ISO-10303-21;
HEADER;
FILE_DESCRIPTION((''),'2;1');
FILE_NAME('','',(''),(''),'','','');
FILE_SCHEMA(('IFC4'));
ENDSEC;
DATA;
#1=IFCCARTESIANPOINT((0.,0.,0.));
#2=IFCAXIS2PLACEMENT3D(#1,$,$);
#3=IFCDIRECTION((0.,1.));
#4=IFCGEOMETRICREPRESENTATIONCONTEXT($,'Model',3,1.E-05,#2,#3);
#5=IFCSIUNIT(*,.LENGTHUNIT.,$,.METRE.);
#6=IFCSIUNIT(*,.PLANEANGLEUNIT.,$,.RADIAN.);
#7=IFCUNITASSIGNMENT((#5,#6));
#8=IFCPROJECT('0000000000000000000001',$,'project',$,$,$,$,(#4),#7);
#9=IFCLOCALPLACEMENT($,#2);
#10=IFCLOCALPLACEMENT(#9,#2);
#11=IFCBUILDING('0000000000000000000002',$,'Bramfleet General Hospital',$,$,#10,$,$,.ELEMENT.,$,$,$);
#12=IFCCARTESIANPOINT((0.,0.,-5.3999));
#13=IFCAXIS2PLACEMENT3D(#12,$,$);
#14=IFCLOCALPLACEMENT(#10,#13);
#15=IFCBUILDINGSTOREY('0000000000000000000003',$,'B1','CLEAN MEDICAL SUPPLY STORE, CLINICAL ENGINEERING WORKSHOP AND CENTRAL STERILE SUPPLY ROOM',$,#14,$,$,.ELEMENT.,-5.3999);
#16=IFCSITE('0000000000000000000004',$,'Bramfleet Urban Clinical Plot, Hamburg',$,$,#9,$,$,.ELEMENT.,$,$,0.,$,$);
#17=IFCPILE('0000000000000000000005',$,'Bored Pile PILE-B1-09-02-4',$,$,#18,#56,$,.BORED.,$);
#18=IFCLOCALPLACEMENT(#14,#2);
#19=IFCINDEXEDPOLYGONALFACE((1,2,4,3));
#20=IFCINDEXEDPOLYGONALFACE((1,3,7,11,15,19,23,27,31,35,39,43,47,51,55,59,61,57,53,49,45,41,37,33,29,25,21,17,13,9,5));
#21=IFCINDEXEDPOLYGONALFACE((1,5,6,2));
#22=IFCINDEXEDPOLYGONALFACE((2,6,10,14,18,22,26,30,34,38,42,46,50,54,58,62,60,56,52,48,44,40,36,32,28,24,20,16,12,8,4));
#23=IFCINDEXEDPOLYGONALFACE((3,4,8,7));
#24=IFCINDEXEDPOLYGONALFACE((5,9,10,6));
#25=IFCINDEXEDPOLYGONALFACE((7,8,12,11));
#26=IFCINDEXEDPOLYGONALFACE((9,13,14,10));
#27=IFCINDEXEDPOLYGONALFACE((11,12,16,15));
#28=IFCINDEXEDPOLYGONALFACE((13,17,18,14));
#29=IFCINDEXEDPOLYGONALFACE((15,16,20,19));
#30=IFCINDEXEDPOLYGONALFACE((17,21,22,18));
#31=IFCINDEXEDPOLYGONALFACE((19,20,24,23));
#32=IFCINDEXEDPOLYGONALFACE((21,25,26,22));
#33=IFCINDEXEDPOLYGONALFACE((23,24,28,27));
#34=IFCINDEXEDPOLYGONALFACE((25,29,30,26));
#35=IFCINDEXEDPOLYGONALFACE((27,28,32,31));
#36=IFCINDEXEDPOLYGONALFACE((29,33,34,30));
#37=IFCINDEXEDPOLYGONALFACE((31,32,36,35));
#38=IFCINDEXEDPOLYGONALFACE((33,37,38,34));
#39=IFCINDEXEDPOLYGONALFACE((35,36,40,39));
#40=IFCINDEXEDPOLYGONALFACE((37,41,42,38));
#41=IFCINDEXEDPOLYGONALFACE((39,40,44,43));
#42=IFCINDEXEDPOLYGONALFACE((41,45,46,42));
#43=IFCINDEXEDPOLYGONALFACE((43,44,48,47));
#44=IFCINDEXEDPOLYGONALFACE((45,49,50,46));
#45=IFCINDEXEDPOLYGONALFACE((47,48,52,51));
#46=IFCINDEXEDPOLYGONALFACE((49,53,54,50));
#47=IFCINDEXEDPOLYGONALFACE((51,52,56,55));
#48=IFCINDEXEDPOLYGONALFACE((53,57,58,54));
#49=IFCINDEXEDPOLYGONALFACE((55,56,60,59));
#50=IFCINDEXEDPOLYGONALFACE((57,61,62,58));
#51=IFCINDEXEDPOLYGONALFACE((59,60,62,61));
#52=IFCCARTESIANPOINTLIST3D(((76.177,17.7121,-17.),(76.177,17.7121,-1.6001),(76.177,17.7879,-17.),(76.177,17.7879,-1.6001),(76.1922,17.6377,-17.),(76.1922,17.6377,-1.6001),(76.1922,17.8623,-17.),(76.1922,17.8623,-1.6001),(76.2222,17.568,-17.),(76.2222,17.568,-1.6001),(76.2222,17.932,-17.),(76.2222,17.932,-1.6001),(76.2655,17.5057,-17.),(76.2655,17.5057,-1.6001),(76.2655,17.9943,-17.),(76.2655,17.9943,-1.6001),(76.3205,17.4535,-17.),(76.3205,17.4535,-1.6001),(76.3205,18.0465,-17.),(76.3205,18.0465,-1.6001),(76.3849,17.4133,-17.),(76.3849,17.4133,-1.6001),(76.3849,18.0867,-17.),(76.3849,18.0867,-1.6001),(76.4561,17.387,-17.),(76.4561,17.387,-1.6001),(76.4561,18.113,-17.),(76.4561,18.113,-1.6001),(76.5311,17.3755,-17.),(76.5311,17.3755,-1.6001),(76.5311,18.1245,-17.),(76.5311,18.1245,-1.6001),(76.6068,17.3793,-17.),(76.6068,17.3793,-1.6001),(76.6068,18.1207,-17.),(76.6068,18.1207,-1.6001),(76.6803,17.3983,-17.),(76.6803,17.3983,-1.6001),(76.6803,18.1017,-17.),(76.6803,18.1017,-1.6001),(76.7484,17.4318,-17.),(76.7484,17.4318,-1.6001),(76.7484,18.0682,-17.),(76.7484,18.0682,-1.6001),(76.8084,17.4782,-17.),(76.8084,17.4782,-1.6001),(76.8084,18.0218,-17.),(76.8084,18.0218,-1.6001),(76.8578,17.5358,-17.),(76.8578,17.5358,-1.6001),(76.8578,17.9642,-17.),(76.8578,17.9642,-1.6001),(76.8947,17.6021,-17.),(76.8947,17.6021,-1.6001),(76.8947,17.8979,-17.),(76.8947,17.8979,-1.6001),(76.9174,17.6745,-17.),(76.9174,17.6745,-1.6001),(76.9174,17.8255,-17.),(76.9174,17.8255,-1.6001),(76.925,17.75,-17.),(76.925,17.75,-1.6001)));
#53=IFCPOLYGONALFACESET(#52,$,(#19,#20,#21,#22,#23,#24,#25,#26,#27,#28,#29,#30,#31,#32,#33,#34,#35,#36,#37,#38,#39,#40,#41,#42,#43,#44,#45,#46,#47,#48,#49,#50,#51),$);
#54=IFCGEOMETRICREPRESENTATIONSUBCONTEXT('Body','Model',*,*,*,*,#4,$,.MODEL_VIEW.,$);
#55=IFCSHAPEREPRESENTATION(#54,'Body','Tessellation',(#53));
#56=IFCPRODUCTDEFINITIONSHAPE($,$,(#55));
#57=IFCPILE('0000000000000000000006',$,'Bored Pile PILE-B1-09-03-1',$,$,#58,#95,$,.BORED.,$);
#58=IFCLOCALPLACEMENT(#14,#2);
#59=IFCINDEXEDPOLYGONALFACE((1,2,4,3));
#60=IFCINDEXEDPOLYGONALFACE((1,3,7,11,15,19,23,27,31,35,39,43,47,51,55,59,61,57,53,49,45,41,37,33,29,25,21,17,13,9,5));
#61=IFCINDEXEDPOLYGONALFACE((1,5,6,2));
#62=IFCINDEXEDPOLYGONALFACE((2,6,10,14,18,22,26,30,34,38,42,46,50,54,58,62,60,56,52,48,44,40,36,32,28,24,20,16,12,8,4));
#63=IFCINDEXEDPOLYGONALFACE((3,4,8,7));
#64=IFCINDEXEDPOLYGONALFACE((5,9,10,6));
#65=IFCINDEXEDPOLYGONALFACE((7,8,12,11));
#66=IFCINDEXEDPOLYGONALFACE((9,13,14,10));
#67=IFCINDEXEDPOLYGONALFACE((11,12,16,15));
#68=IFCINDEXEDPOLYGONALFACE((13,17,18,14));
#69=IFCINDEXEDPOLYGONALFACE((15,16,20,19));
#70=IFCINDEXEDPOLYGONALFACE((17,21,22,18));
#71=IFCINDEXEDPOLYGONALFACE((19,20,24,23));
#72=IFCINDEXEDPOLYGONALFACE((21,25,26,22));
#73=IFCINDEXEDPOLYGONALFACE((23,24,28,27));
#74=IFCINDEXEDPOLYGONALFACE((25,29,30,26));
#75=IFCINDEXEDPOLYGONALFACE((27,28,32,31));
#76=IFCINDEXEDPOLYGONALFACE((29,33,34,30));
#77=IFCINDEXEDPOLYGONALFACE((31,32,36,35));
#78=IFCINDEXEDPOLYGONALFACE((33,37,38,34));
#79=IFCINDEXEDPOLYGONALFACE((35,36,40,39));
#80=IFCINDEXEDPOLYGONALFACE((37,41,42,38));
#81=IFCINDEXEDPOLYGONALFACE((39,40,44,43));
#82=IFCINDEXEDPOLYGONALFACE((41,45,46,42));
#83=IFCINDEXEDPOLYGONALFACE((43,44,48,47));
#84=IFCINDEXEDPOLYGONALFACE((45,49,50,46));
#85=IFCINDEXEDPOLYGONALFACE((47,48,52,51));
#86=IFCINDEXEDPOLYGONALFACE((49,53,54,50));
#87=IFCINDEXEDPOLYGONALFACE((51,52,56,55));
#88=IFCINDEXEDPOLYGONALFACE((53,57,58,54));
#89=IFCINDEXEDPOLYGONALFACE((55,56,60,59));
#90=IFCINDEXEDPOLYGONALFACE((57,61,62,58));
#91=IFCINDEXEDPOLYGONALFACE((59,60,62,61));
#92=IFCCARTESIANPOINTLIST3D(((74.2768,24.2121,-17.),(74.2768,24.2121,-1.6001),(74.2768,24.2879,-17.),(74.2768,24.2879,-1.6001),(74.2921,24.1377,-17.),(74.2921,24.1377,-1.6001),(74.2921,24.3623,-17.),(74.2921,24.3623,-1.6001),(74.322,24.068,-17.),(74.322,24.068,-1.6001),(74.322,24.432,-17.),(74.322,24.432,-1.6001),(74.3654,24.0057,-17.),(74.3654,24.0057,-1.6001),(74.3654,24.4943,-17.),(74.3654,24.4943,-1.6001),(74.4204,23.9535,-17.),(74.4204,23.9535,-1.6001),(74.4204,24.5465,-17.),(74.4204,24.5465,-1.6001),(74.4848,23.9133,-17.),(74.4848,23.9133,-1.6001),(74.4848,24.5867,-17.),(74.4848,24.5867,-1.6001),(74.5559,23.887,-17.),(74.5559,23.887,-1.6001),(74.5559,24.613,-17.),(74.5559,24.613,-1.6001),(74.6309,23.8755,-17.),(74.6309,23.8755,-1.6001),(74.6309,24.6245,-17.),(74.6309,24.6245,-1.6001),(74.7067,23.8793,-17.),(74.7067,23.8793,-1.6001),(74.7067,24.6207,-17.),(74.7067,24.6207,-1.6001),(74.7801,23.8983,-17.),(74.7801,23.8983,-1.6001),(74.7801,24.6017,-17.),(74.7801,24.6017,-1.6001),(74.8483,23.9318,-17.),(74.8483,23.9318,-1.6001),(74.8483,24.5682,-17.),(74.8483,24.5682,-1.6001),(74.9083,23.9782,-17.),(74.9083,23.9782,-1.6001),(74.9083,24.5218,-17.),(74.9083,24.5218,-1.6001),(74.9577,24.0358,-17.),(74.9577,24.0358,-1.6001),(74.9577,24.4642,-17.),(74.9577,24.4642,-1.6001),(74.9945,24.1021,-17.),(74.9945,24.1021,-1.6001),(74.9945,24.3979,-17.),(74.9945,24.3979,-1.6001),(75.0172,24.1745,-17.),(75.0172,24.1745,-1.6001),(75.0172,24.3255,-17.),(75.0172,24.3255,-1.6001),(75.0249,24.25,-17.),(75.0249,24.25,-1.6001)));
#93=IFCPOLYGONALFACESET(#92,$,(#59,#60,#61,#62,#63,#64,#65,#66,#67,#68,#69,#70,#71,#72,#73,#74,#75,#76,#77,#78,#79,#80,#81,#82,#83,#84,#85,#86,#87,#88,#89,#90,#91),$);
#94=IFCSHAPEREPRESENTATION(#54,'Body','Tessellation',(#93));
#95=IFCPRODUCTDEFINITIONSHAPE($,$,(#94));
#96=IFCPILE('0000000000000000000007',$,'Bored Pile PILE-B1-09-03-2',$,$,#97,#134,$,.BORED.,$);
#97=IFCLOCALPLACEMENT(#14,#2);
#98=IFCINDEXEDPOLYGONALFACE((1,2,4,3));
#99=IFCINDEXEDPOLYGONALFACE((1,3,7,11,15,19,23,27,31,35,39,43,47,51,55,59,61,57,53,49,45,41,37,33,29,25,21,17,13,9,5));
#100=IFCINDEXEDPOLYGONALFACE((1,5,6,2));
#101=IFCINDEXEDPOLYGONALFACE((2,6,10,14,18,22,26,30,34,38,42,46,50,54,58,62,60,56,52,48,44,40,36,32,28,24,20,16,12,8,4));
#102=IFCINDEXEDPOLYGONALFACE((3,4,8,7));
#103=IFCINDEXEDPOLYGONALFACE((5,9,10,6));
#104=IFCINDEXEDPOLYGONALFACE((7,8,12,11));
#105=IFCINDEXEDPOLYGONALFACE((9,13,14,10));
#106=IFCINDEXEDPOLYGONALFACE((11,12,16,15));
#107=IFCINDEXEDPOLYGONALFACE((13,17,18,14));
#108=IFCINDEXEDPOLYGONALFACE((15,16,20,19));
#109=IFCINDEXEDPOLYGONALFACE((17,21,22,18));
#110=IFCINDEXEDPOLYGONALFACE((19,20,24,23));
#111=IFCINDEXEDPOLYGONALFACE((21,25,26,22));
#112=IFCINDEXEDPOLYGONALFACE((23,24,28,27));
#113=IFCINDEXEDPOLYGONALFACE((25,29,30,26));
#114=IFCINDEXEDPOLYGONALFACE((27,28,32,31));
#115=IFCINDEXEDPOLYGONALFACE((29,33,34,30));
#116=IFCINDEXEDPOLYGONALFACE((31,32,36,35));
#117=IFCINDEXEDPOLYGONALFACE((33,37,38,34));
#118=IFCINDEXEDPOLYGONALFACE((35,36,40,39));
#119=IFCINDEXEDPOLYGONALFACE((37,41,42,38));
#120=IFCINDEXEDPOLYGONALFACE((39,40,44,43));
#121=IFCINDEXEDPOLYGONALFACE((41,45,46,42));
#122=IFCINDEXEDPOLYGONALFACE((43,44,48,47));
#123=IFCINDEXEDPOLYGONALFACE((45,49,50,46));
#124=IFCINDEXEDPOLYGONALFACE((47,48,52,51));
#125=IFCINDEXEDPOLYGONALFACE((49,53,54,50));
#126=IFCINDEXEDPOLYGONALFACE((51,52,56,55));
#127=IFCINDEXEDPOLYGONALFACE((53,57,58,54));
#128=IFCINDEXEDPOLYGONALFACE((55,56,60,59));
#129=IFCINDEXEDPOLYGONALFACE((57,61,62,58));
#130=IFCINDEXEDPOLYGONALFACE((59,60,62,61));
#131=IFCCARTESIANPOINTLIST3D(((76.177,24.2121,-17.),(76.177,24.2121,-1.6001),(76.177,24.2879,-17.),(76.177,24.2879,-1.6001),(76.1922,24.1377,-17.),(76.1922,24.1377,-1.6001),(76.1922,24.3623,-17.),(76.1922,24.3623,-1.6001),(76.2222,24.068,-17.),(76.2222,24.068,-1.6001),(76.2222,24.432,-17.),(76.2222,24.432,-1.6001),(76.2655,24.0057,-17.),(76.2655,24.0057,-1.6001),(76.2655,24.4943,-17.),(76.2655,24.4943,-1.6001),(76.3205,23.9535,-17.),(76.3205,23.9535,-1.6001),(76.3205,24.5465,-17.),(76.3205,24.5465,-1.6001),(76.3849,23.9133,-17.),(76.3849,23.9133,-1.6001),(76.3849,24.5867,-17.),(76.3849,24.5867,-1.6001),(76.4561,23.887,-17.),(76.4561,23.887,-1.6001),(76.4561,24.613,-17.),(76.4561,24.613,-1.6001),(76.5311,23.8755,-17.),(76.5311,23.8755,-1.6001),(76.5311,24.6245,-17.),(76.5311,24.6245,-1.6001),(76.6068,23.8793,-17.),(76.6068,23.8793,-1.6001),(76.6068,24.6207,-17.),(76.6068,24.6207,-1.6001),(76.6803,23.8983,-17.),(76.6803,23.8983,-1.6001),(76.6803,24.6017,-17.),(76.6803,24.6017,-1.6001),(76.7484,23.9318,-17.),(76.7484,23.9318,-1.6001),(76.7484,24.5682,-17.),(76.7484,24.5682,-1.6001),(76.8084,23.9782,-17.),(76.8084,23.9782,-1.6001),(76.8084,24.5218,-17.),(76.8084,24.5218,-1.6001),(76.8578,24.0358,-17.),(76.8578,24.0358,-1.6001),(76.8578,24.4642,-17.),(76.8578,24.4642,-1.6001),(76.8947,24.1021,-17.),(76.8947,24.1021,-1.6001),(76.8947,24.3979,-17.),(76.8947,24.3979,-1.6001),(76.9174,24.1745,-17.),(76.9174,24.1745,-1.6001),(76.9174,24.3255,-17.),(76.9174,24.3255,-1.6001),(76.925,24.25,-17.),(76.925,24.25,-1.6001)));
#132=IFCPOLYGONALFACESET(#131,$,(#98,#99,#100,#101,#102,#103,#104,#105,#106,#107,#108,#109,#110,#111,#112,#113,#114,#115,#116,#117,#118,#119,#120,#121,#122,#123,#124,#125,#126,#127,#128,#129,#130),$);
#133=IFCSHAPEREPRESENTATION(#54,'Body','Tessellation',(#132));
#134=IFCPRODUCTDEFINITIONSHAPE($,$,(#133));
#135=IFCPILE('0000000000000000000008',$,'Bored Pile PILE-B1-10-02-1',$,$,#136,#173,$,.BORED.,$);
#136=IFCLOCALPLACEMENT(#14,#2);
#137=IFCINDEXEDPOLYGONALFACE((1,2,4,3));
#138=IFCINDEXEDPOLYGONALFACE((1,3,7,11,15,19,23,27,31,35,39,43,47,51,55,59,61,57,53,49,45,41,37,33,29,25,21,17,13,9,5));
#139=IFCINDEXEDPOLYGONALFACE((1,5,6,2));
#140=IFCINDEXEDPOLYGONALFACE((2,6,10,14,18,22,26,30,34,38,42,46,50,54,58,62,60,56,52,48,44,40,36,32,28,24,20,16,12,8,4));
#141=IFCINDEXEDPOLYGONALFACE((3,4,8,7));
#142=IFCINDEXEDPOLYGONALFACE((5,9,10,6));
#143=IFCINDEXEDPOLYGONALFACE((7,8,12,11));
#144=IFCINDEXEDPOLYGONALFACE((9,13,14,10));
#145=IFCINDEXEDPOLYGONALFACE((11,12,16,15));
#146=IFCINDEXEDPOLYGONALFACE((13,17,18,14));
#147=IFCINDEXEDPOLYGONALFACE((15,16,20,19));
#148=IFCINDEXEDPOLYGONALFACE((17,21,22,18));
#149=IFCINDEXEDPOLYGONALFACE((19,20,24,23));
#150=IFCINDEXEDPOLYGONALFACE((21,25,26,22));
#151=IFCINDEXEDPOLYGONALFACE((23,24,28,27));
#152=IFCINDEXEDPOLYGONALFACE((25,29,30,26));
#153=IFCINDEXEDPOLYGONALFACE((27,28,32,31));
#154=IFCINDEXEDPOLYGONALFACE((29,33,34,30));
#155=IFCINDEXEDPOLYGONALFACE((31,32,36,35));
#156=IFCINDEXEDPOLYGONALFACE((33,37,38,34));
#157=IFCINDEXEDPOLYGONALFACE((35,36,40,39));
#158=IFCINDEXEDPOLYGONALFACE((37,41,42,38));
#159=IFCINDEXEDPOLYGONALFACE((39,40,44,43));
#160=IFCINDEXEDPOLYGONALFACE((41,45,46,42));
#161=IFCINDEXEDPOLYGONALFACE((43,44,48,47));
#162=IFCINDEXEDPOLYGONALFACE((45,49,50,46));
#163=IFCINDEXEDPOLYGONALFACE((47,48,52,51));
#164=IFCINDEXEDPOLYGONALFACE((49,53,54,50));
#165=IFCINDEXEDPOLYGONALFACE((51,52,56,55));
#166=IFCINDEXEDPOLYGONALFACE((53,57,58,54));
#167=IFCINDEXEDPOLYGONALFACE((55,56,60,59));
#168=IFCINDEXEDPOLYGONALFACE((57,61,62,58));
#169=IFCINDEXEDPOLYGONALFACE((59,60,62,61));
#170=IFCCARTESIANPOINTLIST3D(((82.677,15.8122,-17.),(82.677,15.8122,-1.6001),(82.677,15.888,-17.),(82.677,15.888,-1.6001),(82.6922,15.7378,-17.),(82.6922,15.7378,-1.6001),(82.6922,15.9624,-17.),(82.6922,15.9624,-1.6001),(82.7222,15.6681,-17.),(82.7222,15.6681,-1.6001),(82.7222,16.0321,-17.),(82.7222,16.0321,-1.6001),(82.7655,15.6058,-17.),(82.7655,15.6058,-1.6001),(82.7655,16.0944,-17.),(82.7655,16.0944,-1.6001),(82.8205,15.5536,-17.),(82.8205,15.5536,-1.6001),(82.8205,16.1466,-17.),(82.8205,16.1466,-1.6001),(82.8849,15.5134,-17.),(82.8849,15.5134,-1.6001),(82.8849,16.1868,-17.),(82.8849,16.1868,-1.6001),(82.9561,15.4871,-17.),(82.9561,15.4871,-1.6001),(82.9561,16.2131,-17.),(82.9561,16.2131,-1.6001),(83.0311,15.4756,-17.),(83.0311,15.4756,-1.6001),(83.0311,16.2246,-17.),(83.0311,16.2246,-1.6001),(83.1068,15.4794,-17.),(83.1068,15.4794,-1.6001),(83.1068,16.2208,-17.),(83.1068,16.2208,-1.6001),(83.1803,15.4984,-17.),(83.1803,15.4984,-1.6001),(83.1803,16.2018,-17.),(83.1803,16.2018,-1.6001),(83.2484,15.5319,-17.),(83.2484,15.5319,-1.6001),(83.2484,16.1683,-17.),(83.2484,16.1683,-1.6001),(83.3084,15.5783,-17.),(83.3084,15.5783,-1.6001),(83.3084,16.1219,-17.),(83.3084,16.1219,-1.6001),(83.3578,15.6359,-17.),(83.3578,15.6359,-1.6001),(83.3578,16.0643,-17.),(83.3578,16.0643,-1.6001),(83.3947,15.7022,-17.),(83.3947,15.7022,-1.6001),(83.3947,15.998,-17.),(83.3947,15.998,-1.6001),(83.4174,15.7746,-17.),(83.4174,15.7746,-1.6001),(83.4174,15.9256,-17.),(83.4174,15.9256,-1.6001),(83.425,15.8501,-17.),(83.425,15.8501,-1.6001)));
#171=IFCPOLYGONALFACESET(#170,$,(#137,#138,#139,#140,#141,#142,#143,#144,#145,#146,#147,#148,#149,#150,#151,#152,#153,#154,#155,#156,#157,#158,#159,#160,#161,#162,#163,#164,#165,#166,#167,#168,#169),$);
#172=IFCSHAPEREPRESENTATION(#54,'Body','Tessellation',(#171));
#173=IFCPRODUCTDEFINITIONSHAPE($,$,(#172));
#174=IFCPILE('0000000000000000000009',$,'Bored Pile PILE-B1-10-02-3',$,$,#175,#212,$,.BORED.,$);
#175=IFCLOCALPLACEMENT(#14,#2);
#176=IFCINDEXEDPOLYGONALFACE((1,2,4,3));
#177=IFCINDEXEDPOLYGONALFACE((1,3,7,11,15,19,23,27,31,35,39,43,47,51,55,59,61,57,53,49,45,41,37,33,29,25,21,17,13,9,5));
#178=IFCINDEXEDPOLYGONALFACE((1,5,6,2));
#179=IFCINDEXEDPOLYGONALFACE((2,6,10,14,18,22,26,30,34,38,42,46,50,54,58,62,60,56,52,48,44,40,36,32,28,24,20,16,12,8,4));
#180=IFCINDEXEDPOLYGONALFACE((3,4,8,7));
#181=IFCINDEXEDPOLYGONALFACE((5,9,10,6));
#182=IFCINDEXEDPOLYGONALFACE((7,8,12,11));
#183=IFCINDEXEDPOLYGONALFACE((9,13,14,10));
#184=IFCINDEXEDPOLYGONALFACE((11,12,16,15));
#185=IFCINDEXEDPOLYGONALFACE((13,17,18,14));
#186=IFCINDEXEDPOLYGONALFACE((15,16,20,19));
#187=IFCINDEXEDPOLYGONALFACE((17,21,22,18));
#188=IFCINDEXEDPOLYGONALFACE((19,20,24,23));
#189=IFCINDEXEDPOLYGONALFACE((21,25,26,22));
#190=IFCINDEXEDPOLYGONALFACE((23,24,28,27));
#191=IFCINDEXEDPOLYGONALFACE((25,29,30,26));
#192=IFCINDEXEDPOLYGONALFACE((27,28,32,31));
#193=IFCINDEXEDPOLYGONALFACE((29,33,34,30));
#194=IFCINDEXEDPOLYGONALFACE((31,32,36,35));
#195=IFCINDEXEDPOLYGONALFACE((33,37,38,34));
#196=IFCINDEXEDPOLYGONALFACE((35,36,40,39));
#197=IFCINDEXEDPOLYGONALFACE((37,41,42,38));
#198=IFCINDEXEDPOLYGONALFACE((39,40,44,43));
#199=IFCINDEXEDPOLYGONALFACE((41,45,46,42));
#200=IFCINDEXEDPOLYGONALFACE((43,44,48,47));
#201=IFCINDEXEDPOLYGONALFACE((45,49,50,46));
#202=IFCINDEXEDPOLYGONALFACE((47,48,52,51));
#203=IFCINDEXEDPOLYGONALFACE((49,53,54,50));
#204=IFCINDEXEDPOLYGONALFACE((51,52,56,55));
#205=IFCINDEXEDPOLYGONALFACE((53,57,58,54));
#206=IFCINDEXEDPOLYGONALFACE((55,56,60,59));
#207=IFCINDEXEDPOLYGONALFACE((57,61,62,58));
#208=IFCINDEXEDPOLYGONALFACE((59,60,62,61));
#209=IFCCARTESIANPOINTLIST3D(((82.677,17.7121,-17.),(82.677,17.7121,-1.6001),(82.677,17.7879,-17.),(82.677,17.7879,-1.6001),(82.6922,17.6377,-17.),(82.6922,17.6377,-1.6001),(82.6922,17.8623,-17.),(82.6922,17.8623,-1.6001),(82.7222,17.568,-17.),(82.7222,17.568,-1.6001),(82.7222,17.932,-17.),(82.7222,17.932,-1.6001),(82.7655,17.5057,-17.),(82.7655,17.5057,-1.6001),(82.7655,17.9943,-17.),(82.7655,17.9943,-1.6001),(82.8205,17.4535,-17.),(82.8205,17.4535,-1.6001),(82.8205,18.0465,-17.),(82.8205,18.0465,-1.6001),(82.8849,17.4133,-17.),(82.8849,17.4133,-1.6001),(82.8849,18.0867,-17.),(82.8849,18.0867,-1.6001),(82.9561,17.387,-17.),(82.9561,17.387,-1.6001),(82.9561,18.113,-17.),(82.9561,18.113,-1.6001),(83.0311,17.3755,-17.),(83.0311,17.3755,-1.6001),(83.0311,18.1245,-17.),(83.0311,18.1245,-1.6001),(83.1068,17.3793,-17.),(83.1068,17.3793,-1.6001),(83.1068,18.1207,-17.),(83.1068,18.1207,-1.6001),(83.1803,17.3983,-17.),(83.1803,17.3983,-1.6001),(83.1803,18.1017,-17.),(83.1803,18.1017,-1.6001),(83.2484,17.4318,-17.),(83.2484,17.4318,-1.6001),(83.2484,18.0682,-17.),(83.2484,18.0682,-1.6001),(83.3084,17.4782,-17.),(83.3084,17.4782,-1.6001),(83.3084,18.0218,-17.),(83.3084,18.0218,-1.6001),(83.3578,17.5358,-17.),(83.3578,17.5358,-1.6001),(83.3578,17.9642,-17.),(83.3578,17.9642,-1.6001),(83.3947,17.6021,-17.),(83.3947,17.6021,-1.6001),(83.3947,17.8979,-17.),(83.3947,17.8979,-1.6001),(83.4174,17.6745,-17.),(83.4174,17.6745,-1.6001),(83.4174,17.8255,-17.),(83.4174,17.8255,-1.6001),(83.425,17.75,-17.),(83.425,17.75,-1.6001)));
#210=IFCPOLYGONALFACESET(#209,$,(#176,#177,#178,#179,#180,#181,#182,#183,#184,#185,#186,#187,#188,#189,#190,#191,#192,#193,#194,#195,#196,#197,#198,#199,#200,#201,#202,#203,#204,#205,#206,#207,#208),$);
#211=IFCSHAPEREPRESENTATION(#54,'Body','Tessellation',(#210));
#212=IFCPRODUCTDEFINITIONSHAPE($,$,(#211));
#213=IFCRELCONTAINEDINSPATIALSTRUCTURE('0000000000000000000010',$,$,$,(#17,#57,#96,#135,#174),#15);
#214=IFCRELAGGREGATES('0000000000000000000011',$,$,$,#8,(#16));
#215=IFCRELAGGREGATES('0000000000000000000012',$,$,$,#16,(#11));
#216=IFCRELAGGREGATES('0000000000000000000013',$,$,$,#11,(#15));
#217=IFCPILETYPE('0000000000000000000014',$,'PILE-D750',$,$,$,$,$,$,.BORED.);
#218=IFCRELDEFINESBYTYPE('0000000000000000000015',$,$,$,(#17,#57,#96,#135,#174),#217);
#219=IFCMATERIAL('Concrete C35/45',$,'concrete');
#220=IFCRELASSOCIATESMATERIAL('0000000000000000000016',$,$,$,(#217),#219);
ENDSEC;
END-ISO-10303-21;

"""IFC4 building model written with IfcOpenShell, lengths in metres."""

from ifc_helpers import new_model, si_unit, direction, frame, origin, origin_2d, place, context, subcontext, project, spatial, circle, extrude, material, material_profile, profile_set, type_object, element, save


model = new_model("IFC4")

# Units and contexts
model_context = context("Model", 3, precision=1e-05, world=origin(), true_north=direction((0.0, 1.0)))
body_context = subcontext(model_context, "Body", "Model", "MODEL_VIEW")
ifc_project = project(units=[si_unit("LENGTHUNIT", "METRE"), si_unit("PLANEANGLEUNIT", "RADIAN")], contexts=[model_context])

# Site, building, storey
site_placement = place(None, origin())
site = spatial("IfcSite", under=ifc_project, at=site_placement, Name="Bramfleet Urban Clinical Plot, Hamburg", CompositionType="ELEMENT", RefElevation=0.0)
building_placement = place(site_placement, origin())
building = spatial("IfcBuilding", under=site, at=building_placement, Name="Bramfleet General Hospital", CompositionType="ELEMENT")
storey_placement = place(building_placement, frame((0.0, 0.0, -5.3999)))
storey = spatial("IfcBuildingStorey", under=building, at=storey_placement, Name="B1", Description="CLEAN MEDICAL SUPPLY STORE, CLINICAL ENGINEERING WORKSHOP AND CENTRAL STERILE SUPPLY ROOM", CompositionType="ELEMENT", Elevation=-5.3999)

# Shared definitions
ifc_material_1 = material(Name="Concrete C35/45", Category="concrete")

# Piles
ifc_material_profile_1 = material_profile(ifc_material_1, circle(Radius=0.375, at=origin_2d()), Name="PILE BORED D750")
ifc_profile_set_1 = profile_set([ifc_material_profile_1], Name="Concrete C35/45")
pile_type = type_object("IfcPileType", Name="PILE-D750", PredefinedType="BORED", material=ifc_profile_set_1)
for number, where, z_axis, x_axis, name in (
    (1, (76.55, 17.75, -1.6001), (0.0, 0.0, -1.0), (1.0, 0.0, 0.0), "Bored Pile PILE-B1-09-02-4"),
    (2, (74.6499, 24.25, -1.6001), (0.0, 0.0, -1.0), (1.0, 0.0, 0.0), "Bored Pile PILE-B1-09-03-1"),
    (3, (76.55, 24.25, -1.6001), (0.0, 0.0, -1.0), (1.0, 0.0, 0.0), "Bored Pile PILE-B1-09-03-2"),
    (4, (83.05, 15.8501, -1.6001), (0.0, 0.0, -1.0), (1.0, 0.0, 0.0), "Bored Pile PILE-B1-10-02-1"),
    (5, (83.05, 17.75, -1.6001), (0.0, 0.0, -1.0), (1.0, 0.0, 0.0), "Bored Pile PILE-B1-10-02-3"),
):
    element("IfcPile", number, at=place(storey_placement, frame(where, z_axis=z_axis, x_axis=x_axis)), inside=storey, type_object=pile_type, Name=name, PredefinedType="BORED", context=body_context, shape_type="SweptSolid", body=[
        extrude(circle(Radius=0.375, at=origin_2d()), origin(), (0.0, 0.0, 1.0), 15.3999),
    ])

save(model, "model.ifc")
